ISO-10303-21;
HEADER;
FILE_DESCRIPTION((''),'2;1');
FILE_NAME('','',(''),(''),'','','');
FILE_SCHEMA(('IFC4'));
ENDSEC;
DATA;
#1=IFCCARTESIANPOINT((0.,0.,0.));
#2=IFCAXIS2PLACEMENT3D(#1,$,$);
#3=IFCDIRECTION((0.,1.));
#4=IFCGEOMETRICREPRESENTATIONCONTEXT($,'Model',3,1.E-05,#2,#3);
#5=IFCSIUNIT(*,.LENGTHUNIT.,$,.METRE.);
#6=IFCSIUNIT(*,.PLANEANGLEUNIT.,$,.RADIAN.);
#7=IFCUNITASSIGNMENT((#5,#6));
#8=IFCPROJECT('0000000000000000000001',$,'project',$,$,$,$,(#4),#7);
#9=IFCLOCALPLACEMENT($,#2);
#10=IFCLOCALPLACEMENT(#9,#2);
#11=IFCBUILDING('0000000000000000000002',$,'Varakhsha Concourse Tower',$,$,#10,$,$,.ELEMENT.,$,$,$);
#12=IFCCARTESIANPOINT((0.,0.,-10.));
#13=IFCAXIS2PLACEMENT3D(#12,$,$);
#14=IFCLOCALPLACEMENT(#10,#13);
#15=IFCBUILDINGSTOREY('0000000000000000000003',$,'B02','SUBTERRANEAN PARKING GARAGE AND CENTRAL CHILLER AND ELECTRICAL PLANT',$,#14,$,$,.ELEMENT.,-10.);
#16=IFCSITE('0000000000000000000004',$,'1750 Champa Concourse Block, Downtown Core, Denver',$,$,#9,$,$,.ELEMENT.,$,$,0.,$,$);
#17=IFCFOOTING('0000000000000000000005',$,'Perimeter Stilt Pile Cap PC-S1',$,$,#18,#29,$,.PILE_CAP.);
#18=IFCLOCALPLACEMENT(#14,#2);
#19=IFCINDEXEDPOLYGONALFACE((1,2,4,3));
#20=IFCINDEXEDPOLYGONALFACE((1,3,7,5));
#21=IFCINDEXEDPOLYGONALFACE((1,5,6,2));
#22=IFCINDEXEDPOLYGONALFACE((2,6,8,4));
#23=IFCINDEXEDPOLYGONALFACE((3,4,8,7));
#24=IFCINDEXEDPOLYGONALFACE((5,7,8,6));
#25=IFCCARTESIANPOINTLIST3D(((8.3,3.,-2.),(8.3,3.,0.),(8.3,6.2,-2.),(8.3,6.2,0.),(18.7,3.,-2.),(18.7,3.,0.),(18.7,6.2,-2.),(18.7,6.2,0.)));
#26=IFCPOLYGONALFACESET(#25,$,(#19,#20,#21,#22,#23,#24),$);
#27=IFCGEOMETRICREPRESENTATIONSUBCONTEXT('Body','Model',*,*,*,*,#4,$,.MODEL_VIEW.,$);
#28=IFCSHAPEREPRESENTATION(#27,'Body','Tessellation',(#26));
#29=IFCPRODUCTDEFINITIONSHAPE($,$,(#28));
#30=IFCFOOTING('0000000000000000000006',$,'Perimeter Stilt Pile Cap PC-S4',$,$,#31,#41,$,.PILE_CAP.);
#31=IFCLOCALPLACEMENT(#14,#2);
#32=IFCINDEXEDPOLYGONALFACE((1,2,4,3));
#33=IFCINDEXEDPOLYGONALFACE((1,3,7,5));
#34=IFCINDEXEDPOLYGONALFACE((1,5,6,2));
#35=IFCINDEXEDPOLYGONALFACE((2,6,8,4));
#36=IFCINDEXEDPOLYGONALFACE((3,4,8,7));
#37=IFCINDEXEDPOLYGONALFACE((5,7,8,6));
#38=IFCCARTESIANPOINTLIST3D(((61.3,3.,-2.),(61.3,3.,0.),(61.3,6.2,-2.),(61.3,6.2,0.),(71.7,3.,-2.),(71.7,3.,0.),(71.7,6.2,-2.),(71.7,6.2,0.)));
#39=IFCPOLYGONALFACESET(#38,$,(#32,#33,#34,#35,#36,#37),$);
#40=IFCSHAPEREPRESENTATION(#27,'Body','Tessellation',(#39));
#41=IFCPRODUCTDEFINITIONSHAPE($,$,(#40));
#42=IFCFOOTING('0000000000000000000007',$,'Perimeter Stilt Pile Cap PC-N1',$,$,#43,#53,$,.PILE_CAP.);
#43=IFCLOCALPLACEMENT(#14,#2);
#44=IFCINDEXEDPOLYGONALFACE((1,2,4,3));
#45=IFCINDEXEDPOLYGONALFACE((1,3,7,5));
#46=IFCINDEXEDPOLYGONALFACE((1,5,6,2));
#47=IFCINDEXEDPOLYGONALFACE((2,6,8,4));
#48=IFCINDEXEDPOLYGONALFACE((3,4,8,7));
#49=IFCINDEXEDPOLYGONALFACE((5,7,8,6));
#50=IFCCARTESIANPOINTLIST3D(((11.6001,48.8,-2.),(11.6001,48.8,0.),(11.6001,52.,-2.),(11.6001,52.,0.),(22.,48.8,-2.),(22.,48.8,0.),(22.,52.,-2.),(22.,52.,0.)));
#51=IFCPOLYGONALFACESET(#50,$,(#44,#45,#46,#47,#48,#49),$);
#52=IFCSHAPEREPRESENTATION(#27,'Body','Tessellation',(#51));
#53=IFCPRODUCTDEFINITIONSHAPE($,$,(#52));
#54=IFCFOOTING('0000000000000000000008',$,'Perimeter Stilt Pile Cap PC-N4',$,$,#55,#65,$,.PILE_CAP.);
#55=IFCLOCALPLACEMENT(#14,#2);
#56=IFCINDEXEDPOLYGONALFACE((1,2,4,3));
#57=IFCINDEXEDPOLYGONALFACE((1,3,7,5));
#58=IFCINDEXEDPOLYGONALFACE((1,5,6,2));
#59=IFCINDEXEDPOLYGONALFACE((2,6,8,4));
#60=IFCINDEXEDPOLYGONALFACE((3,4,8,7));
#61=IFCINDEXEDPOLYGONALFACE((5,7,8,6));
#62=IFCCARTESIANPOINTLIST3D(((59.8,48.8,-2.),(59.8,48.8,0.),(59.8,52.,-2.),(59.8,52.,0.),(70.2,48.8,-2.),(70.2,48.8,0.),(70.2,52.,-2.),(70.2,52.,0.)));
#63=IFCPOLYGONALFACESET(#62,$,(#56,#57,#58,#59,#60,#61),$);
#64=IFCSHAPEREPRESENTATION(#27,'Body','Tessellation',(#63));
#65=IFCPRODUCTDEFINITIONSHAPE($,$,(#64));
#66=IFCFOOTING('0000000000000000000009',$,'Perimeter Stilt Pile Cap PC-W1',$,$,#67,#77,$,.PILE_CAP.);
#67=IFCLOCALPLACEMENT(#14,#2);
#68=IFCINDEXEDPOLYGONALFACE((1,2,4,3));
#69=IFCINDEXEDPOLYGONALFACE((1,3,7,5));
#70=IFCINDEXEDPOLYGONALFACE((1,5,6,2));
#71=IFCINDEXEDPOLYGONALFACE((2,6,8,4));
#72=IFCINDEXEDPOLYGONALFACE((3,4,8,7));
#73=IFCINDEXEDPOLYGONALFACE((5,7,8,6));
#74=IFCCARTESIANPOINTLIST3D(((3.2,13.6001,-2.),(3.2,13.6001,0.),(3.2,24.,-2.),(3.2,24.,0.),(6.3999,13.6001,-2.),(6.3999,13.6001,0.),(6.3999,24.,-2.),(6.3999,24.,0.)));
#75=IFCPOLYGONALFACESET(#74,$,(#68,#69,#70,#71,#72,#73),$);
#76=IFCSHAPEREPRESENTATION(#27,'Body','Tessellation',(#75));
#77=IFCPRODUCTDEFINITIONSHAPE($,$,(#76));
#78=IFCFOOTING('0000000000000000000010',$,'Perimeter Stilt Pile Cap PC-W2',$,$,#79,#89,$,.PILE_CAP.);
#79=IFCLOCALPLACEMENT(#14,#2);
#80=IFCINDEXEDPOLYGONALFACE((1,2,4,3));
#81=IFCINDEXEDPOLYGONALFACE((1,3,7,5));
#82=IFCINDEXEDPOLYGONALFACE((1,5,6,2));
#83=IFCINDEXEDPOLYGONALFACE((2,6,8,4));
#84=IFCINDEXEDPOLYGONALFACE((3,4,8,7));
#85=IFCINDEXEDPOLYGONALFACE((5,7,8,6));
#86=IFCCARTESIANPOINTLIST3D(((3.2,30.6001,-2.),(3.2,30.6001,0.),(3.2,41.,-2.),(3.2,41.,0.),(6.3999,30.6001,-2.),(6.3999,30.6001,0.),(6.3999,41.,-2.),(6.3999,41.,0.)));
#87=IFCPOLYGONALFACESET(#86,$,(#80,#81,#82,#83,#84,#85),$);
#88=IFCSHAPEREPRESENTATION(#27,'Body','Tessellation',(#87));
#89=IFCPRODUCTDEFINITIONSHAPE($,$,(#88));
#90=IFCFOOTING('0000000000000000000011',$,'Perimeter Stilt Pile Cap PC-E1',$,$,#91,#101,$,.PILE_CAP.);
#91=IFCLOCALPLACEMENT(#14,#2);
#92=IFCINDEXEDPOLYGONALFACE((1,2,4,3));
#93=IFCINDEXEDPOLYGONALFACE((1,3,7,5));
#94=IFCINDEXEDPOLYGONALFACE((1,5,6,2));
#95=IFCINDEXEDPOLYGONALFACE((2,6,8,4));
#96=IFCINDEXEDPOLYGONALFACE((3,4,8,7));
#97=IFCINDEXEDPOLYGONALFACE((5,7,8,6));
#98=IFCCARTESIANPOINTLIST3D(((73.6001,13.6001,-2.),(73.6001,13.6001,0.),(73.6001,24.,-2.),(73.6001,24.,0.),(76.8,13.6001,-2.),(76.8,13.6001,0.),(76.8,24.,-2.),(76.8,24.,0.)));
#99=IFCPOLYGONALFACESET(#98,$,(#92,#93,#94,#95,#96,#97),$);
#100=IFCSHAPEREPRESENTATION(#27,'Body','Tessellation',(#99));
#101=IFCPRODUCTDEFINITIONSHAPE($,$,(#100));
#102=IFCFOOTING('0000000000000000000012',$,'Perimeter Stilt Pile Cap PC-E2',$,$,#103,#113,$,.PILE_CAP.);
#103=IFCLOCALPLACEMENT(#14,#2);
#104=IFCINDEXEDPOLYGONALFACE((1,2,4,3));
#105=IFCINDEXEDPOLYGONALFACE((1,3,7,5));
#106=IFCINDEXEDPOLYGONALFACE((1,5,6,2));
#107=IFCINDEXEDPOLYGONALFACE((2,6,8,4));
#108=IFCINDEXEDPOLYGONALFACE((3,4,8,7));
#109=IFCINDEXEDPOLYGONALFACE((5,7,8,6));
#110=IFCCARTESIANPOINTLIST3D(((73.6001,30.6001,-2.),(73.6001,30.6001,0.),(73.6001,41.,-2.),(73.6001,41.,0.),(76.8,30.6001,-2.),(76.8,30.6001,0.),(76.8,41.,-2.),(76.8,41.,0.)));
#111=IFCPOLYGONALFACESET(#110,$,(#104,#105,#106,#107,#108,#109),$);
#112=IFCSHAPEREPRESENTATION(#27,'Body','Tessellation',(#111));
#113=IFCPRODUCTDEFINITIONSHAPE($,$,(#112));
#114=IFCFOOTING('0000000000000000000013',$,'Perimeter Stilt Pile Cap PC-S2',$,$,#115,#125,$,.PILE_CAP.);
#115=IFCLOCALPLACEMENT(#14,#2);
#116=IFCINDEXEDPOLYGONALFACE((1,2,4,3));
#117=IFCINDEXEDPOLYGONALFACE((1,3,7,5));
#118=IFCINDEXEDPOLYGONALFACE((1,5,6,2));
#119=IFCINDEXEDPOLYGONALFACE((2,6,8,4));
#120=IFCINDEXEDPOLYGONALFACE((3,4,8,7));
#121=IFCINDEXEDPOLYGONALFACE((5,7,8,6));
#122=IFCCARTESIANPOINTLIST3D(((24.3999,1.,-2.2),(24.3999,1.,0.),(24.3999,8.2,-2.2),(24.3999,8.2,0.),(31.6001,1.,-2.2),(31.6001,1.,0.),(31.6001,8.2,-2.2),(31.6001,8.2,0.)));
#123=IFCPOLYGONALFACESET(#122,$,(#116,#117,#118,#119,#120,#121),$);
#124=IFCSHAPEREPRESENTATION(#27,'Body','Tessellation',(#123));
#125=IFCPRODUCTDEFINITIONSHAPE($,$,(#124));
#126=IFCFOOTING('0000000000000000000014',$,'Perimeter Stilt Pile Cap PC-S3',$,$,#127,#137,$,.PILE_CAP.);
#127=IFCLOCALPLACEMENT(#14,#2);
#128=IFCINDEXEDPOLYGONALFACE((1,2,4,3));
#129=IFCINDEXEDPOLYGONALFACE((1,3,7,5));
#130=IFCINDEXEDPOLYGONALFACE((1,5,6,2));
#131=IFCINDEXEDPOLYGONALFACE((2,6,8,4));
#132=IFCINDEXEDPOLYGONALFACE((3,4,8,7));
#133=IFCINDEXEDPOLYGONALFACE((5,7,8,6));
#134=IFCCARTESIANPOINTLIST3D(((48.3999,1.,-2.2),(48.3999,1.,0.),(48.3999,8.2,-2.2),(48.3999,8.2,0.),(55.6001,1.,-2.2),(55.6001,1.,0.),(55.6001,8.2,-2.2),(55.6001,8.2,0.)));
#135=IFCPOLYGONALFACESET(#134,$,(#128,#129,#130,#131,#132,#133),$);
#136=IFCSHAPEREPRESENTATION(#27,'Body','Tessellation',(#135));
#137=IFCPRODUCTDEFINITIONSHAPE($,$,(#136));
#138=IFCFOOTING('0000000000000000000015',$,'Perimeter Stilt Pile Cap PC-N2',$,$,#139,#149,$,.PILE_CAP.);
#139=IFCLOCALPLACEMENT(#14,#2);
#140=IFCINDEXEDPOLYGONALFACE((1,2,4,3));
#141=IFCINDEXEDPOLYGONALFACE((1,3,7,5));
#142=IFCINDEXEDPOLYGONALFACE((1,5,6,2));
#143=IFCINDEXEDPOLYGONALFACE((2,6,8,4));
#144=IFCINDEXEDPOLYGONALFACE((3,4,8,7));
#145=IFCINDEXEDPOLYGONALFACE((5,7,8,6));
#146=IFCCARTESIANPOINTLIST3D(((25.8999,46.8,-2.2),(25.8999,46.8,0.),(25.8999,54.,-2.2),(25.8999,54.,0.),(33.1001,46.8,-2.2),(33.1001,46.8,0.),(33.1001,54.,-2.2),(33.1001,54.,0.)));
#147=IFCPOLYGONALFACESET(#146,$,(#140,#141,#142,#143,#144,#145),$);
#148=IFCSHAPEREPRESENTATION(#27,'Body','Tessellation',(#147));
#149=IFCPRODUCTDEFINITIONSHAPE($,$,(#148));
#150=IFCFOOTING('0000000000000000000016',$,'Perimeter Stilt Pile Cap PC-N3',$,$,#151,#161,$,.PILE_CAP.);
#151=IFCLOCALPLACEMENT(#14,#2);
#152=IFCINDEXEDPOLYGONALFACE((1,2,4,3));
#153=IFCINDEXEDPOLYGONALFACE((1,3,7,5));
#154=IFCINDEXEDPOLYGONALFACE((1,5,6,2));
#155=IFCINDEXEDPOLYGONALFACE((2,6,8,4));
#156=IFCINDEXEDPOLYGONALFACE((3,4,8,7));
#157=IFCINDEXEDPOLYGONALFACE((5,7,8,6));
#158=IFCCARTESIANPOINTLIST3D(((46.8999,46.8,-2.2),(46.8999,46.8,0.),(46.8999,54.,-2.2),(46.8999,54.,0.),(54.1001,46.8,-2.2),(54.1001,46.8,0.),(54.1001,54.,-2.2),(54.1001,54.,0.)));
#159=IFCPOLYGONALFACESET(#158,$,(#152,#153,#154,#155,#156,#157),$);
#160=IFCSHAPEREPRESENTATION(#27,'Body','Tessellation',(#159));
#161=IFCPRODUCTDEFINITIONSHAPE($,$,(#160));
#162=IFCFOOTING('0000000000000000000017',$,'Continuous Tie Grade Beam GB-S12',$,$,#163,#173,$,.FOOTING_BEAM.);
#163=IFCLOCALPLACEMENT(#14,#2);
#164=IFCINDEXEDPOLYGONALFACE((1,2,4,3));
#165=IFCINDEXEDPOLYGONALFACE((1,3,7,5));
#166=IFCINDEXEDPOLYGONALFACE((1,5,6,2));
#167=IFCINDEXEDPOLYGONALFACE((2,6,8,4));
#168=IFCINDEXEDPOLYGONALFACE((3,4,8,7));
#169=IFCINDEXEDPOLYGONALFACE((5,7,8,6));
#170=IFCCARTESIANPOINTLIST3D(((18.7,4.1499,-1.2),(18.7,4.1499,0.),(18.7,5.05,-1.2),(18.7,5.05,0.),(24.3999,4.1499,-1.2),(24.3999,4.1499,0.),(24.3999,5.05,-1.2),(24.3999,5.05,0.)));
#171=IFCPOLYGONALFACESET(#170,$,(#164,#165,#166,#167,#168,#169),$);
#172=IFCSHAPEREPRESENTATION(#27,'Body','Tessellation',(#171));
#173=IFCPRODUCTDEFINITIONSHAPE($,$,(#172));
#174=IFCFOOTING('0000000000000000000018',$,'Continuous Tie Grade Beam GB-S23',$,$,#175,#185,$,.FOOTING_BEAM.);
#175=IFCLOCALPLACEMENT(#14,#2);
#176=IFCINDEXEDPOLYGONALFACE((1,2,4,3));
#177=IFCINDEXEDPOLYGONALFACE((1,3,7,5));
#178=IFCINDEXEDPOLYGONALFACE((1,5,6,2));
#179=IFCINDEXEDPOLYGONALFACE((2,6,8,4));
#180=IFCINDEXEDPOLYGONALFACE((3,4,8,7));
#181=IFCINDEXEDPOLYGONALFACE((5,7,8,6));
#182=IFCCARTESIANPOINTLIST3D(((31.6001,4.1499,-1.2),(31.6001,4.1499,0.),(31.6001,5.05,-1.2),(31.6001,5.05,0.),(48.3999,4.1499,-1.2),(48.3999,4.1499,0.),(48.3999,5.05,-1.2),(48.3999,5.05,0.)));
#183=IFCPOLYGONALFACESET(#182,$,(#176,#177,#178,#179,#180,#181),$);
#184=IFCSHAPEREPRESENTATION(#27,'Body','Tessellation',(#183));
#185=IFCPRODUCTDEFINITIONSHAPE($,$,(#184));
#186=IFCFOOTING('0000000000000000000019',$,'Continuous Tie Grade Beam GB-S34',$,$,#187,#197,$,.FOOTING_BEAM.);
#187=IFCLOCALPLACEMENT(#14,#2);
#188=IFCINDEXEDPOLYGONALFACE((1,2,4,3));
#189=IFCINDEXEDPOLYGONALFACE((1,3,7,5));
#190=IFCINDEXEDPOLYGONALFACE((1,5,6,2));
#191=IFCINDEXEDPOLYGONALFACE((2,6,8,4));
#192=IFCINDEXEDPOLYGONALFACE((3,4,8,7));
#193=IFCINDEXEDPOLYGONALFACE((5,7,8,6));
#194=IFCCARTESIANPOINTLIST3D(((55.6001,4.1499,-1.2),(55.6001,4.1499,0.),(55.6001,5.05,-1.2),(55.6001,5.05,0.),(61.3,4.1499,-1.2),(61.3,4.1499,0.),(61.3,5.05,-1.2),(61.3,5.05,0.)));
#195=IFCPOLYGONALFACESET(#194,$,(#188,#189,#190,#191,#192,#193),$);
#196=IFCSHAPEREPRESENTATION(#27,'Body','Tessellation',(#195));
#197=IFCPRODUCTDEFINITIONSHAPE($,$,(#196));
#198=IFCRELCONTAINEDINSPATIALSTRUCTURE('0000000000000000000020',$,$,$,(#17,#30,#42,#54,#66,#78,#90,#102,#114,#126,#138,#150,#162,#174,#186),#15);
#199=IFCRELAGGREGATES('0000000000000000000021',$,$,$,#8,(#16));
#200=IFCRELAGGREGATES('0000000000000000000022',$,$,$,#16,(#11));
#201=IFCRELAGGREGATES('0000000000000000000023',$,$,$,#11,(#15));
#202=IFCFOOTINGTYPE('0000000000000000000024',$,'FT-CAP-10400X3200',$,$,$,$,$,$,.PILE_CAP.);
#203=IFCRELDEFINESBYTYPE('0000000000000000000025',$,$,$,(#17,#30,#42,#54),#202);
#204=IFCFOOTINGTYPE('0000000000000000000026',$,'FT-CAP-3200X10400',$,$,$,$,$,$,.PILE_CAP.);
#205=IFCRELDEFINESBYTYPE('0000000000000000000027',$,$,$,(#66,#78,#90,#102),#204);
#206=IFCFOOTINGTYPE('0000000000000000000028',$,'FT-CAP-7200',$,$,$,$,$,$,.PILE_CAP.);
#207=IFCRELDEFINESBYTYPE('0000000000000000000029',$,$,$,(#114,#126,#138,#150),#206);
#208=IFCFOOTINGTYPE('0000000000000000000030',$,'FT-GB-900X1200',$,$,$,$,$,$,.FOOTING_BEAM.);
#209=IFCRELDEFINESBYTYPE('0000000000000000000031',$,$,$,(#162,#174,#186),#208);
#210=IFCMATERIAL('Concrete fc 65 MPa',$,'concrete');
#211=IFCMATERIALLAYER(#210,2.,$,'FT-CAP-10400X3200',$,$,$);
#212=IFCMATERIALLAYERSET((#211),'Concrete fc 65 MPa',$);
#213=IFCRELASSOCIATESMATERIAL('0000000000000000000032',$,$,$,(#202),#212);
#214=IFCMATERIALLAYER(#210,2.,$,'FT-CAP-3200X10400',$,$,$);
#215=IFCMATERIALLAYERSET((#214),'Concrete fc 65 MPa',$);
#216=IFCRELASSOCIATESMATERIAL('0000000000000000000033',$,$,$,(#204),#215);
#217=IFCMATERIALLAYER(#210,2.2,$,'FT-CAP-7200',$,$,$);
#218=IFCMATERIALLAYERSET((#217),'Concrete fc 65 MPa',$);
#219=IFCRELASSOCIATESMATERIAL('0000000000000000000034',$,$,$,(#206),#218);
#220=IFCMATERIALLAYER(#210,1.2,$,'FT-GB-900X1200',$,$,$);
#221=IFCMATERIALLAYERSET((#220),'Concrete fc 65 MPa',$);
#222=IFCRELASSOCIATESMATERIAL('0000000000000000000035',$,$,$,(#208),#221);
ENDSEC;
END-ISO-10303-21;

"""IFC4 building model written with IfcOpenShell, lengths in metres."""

from ifc_helpers import new_model, si_unit, direction, frame, origin, place, context, subcontext, project, spatial, polyline, outline, extrude, material, layer, layer_set, type_object, element, save


model = new_model("IFC4")

# Units and contexts
model_context = context("Model", 3, precision=1e-05, world=origin(), true_north=direction((0.0, 1.0)))
body_context = subcontext(model_context, "Body", "Model", "MODEL_VIEW")
ifc_project = project(units=[si_unit("LENGTHUNIT", "METRE"), si_unit("PLANEANGLEUNIT", "RADIAN")], contexts=[model_context])

# Site, building, storey
site_placement = place(None, origin())
site = spatial("IfcSite", under=ifc_project, at=site_placement, Name="1750 Champa Concourse Block, Downtown Core, Denver", CompositionType="ELEMENT", RefElevation=0.0)
building_placement = place(site_placement, origin())
building = spatial("IfcBuilding", under=site, at=building_placement, Name="Varakhsha Concourse Tower", CompositionType="ELEMENT")
storey_placement = place(building_placement, frame((0.0, 0.0, -10.0)))
storey = spatial("IfcBuildingStorey", under=building, at=storey_placement, Name="B02", Description="SUBTERRANEAN PARKING GARAGE AND CENTRAL CHILLER AND ELECTRICAL PLANT", CompositionType="ELEMENT", Elevation=-10.0)

# Footings
ifc_material = material(Name="Concrete fc 65 MPa", Category="concrete")
ifc_layer_1 = layer(ifc_material, 2.0, Name="FT-CAP-10400X3200")
ifc_layer_set_1 = layer_set([ifc_layer_1], Name="Concrete fc 65 MPa")
footing_type_1 = type_object("IfcFootingType", Name="FT-CAP-10400X3200", PredefinedType="PILE_CAP", material=ifc_layer_set_1)
footing_1_placement = place(storey_placement, frame((0.0, 0.0, -2.0)))
element("IfcFooting", 1, at=footing_1_placement, inside=storey, type_object=footing_type_1, Name="Perimeter Stilt Pile Cap PC-S1", PredefinedType="PILE_CAP", context=body_context, shape_type="SweptSolid", body=[
    extrude(outline(polyline([(8.3, 3.0), (18.7, 3.0), (18.7, 6.2), (8.3, 6.2), (8.3, 3.0)])), origin(), (0.0, 0.0, 1.0), 2.0),
])
footing_2_placement = place(storey_placement, frame((0.0, 0.0, -2.0)))
element("IfcFooting", 2, at=footing_2_placement, inside=storey, type_object=footing_type_1, Name="Perimeter Stilt Pile Cap PC-S4", PredefinedType="PILE_CAP", context=body_context, shape_type="SweptSolid", body=[
    extrude(outline(polyline([(61.3, 3.0), (71.7, 3.0), (71.7, 6.2), (61.3, 6.2), (61.3, 3.0)])), origin(), (0.0, 0.0, 1.0), 2.0),
])
footing_3_placement = place(storey_placement, frame((0.0, 0.0, -2.0)))
element("IfcFooting", 3, at=footing_3_placement, inside=storey, type_object=footing_type_1, Name="Perimeter Stilt Pile Cap PC-N1", PredefinedType="PILE_CAP", context=body_context, shape_type="SweptSolid", body=[
    extrude(outline(polyline([(11.6001, 48.8), (22.0, 48.8), (22.0, 52.0), (11.6001, 52.0), (11.6001, 48.8)])), origin(), (0.0, 0.0, 1.0), 2.0),
])
footing_4_placement = place(storey_placement, frame((0.0, 0.0, -2.0)))
element("IfcFooting", 4, at=footing_4_placement, inside=storey, type_object=footing_type_1, Name="Perimeter Stilt Pile Cap PC-N4", PredefinedType="PILE_CAP", context=body_context, shape_type="SweptSolid", body=[
    extrude(outline(polyline([(59.8, 48.8), (70.2, 48.8), (70.2, 52.0), (59.8, 52.0), (59.8, 48.8)])), origin(), (0.0, 0.0, 1.0), 2.0),
])
ifc_layer_2 = layer(ifc_material, 2.0, Name="FT-CAP-3200X10400")
ifc_layer_set_2 = layer_set([ifc_layer_2], Name="Concrete fc 65 MPa")
footing_type_2 = type_object("IfcFootingType", Name="FT-CAP-3200X10400", PredefinedType="PILE_CAP", material=ifc_layer_set_2)
footing_5_placement = place(storey_placement, frame((0.0, 0.0, -2.0)))
element("IfcFooting", 5, at=footing_5_placement, inside=storey, type_object=footing_type_2, Name="Perimeter Stilt Pile Cap PC-W1", PredefinedType="PILE_CAP", context=body_context, shape_type="SweptSolid", body=[
    extrude(outline(polyline([(3.2, 13.6001), (6.3999, 13.6001), (6.3999, 24.0), (3.2, 24.0), (3.2, 13.6001)])), origin(), (0.0, 0.0, 1.0), 2.0),
])
footing_6_placement = place(storey_placement, frame((0.0, 0.0, -2.0)))
element("IfcFooting", 6, at=footing_6_placement, inside=storey, type_object=footing_type_2, Name="Perimeter Stilt Pile Cap PC-W2", PredefinedType="PILE_CAP", context=body_context, shape_type="SweptSolid", body=[
    extrude(outline(polyline([(3.2, 30.6001), (6.3999, 30.6001), (6.3999, 41.0), (3.2, 41.0), (3.2, 30.6001)])), origin(), (0.0, 0.0, 1.0), 2.0),
])
footing_7_placement = place(storey_placement, frame((0.0, 0.0, -2.0)))
element("IfcFooting", 7, at=footing_7_placement, inside=storey, type_object=footing_type_2, Name="Perimeter Stilt Pile Cap PC-E1", PredefinedType="PILE_CAP", context=body_context, shape_type="SweptSolid", body=[
    extrude(outline(polyline([(73.6001, 13.6001), (76.8, 13.6001), (76.8, 24.0), (73.6001, 24.0), (73.6001, 13.6001)])), origin(), (0.0, 0.0, 1.0), 2.0),
])
footing_8_placement = place(storey_placement, frame((0.0, 0.0, -2.0)))
element("IfcFooting", 8, at=footing_8_placement, inside=storey, type_object=footing_type_2, Name="Perimeter Stilt Pile Cap PC-E2", PredefinedType="PILE_CAP", context=body_context, shape_type="SweptSolid", body=[
    extrude(outline(polyline([(73.6001, 30.6001), (76.8, 30.6001), (76.8, 41.0), (73.6001, 41.0), (73.6001, 30.6001)])), origin(), (0.0, 0.0, 1.0), 2.0),
])
ifc_layer_3 = layer(ifc_material, 2.2, Name="FT-CAP-7200")
ifc_layer_set_3 = layer_set([ifc_layer_3], Name="Concrete fc 65 MPa")
footing_type_3 = type_object("IfcFootingType", Name="FT-CAP-7200", PredefinedType="PILE_CAP", material=ifc_layer_set_3)
footing_9_placement = place(storey_placement, frame((0.0, 0.0, -2.2)))
element("IfcFooting", 9, at=footing_9_placement, inside=storey, type_object=footing_type_3, Name="Perimeter Stilt Pile Cap PC-S2", PredefinedType="PILE_CAP", context=body_context, shape_type="SweptSolid", body=[
    extrude(outline(polyline([(24.3999, 1.0), (31.6001, 1.0), (31.6001, 8.2), (24.3999, 8.2), (24.3999, 1.0)])), origin(), (0.0, 0.0, 1.0), 2.2),
])
footing_10_placement = place(storey_placement, frame((0.0, 0.0, -2.2)))
element("IfcFooting", 10, at=footing_10_placement, inside=storey, type_object=footing_type_3, Name="Perimeter Stilt Pile Cap PC-S3", PredefinedType="PILE_CAP", context=body_context, shape_type="SweptSolid", body=[
    extrude(outline(polyline([(48.3999, 1.0), (55.6001, 1.0), (55.6001, 8.2), (48.3999, 8.2), (48.3999, 1.0)])), origin(), (0.0, 0.0, 1.0), 2.2),
])
footing_11_placement = place(storey_placement, frame((0.0, 0.0, -2.2)))
element("IfcFooting", 11, at=footing_11_placement, inside=storey, type_object=footing_type_3, Name="Perimeter Stilt Pile Cap PC-N2", PredefinedType="PILE_CAP", context=body_context, shape_type="SweptSolid", body=[
    extrude(outline(polyline([(25.8999, 46.8), (33.1001, 46.8), (33.1001, 54.0), (25.8999, 54.0), (25.8999, 46.8)])), origin(), (0.0, 0.0, 1.0), 2.2),
])
footing_12_placement = place(storey_placement, frame((0.0, 0.0, -2.2)))
element("IfcFooting", 12, at=footing_12_placement, inside=storey, type_object=footing_type_3, Name="Perimeter Stilt Pile Cap PC-N3", PredefinedType="PILE_CAP", context=body_context, shape_type="SweptSolid", body=[
    extrude(outline(polyline([(46.8999, 46.8), (54.1001, 46.8), (54.1001, 54.0), (46.8999, 54.0), (46.8999, 46.8)])), origin(), (0.0, 0.0, 1.0), 2.2),
])
ifc_layer_4 = layer(ifc_material, 1.2, Name="FT-GB-900X1200")
ifc_layer_set_4 = layer_set([ifc_layer_4], Name="Concrete fc 65 MPa")
footing_type_4 = type_object("IfcFootingType", Name="FT-GB-900X1200", PredefinedType="FOOTING_BEAM", material=ifc_layer_set_4)
footing_13_placement = place(storey_placement, frame((0.0, 0.0, -1.2)))
element("IfcFooting", 13, at=footing_13_placement, inside=storey, type_object=footing_type_4, Name="Continuous Tie Grade Beam GB-S12", PredefinedType="FOOTING_BEAM", context=body_context, shape_type="SweptSolid", body=[
    extrude(outline(polyline([(18.7, 4.1499), (24.3999, 4.1499), (24.3999, 5.05), (18.7, 5.05), (18.7, 4.1499)])), origin(), (0.0, 0.0, 1.0), 1.2),
])
footing_14_placement = place(storey_placement, frame((0.0, 0.0, -1.2)))
element("IfcFooting", 14, at=footing_14_placement, inside=storey, type_object=footing_type_4, Name="Continuous Tie Grade Beam GB-S23", PredefinedType="FOOTING_BEAM", context=body_context, shape_type="SweptSolid", body=[
    extrude(outline(polyline([(31.6001, 4.1499), (48.3999, 4.1499), (48.3999, 5.05), (31.6001, 5.05), (31.6001, 4.1499)])), origin(), (0.0, 0.0, 1.0), 1.2),
])
footing_15_placement = place(storey_placement, frame((0.0, 0.0, -1.2)))
element("IfcFooting", 15, at=footing_15_placement, inside=storey, type_object=footing_type_4, Name="Continuous Tie Grade Beam GB-S34", PredefinedType="FOOTING_BEAM", context=body_context, shape_type="SweptSolid", body=[
    extrude(outline(polyline([(55.6001, 4.1499), (61.3, 4.1499), (61.3, 5.05), (55.6001, 5.05), (55.6001, 4.1499)])), origin(), (0.0, 0.0, 1.0), 1.2),
])

save(model, "model.ifc")
